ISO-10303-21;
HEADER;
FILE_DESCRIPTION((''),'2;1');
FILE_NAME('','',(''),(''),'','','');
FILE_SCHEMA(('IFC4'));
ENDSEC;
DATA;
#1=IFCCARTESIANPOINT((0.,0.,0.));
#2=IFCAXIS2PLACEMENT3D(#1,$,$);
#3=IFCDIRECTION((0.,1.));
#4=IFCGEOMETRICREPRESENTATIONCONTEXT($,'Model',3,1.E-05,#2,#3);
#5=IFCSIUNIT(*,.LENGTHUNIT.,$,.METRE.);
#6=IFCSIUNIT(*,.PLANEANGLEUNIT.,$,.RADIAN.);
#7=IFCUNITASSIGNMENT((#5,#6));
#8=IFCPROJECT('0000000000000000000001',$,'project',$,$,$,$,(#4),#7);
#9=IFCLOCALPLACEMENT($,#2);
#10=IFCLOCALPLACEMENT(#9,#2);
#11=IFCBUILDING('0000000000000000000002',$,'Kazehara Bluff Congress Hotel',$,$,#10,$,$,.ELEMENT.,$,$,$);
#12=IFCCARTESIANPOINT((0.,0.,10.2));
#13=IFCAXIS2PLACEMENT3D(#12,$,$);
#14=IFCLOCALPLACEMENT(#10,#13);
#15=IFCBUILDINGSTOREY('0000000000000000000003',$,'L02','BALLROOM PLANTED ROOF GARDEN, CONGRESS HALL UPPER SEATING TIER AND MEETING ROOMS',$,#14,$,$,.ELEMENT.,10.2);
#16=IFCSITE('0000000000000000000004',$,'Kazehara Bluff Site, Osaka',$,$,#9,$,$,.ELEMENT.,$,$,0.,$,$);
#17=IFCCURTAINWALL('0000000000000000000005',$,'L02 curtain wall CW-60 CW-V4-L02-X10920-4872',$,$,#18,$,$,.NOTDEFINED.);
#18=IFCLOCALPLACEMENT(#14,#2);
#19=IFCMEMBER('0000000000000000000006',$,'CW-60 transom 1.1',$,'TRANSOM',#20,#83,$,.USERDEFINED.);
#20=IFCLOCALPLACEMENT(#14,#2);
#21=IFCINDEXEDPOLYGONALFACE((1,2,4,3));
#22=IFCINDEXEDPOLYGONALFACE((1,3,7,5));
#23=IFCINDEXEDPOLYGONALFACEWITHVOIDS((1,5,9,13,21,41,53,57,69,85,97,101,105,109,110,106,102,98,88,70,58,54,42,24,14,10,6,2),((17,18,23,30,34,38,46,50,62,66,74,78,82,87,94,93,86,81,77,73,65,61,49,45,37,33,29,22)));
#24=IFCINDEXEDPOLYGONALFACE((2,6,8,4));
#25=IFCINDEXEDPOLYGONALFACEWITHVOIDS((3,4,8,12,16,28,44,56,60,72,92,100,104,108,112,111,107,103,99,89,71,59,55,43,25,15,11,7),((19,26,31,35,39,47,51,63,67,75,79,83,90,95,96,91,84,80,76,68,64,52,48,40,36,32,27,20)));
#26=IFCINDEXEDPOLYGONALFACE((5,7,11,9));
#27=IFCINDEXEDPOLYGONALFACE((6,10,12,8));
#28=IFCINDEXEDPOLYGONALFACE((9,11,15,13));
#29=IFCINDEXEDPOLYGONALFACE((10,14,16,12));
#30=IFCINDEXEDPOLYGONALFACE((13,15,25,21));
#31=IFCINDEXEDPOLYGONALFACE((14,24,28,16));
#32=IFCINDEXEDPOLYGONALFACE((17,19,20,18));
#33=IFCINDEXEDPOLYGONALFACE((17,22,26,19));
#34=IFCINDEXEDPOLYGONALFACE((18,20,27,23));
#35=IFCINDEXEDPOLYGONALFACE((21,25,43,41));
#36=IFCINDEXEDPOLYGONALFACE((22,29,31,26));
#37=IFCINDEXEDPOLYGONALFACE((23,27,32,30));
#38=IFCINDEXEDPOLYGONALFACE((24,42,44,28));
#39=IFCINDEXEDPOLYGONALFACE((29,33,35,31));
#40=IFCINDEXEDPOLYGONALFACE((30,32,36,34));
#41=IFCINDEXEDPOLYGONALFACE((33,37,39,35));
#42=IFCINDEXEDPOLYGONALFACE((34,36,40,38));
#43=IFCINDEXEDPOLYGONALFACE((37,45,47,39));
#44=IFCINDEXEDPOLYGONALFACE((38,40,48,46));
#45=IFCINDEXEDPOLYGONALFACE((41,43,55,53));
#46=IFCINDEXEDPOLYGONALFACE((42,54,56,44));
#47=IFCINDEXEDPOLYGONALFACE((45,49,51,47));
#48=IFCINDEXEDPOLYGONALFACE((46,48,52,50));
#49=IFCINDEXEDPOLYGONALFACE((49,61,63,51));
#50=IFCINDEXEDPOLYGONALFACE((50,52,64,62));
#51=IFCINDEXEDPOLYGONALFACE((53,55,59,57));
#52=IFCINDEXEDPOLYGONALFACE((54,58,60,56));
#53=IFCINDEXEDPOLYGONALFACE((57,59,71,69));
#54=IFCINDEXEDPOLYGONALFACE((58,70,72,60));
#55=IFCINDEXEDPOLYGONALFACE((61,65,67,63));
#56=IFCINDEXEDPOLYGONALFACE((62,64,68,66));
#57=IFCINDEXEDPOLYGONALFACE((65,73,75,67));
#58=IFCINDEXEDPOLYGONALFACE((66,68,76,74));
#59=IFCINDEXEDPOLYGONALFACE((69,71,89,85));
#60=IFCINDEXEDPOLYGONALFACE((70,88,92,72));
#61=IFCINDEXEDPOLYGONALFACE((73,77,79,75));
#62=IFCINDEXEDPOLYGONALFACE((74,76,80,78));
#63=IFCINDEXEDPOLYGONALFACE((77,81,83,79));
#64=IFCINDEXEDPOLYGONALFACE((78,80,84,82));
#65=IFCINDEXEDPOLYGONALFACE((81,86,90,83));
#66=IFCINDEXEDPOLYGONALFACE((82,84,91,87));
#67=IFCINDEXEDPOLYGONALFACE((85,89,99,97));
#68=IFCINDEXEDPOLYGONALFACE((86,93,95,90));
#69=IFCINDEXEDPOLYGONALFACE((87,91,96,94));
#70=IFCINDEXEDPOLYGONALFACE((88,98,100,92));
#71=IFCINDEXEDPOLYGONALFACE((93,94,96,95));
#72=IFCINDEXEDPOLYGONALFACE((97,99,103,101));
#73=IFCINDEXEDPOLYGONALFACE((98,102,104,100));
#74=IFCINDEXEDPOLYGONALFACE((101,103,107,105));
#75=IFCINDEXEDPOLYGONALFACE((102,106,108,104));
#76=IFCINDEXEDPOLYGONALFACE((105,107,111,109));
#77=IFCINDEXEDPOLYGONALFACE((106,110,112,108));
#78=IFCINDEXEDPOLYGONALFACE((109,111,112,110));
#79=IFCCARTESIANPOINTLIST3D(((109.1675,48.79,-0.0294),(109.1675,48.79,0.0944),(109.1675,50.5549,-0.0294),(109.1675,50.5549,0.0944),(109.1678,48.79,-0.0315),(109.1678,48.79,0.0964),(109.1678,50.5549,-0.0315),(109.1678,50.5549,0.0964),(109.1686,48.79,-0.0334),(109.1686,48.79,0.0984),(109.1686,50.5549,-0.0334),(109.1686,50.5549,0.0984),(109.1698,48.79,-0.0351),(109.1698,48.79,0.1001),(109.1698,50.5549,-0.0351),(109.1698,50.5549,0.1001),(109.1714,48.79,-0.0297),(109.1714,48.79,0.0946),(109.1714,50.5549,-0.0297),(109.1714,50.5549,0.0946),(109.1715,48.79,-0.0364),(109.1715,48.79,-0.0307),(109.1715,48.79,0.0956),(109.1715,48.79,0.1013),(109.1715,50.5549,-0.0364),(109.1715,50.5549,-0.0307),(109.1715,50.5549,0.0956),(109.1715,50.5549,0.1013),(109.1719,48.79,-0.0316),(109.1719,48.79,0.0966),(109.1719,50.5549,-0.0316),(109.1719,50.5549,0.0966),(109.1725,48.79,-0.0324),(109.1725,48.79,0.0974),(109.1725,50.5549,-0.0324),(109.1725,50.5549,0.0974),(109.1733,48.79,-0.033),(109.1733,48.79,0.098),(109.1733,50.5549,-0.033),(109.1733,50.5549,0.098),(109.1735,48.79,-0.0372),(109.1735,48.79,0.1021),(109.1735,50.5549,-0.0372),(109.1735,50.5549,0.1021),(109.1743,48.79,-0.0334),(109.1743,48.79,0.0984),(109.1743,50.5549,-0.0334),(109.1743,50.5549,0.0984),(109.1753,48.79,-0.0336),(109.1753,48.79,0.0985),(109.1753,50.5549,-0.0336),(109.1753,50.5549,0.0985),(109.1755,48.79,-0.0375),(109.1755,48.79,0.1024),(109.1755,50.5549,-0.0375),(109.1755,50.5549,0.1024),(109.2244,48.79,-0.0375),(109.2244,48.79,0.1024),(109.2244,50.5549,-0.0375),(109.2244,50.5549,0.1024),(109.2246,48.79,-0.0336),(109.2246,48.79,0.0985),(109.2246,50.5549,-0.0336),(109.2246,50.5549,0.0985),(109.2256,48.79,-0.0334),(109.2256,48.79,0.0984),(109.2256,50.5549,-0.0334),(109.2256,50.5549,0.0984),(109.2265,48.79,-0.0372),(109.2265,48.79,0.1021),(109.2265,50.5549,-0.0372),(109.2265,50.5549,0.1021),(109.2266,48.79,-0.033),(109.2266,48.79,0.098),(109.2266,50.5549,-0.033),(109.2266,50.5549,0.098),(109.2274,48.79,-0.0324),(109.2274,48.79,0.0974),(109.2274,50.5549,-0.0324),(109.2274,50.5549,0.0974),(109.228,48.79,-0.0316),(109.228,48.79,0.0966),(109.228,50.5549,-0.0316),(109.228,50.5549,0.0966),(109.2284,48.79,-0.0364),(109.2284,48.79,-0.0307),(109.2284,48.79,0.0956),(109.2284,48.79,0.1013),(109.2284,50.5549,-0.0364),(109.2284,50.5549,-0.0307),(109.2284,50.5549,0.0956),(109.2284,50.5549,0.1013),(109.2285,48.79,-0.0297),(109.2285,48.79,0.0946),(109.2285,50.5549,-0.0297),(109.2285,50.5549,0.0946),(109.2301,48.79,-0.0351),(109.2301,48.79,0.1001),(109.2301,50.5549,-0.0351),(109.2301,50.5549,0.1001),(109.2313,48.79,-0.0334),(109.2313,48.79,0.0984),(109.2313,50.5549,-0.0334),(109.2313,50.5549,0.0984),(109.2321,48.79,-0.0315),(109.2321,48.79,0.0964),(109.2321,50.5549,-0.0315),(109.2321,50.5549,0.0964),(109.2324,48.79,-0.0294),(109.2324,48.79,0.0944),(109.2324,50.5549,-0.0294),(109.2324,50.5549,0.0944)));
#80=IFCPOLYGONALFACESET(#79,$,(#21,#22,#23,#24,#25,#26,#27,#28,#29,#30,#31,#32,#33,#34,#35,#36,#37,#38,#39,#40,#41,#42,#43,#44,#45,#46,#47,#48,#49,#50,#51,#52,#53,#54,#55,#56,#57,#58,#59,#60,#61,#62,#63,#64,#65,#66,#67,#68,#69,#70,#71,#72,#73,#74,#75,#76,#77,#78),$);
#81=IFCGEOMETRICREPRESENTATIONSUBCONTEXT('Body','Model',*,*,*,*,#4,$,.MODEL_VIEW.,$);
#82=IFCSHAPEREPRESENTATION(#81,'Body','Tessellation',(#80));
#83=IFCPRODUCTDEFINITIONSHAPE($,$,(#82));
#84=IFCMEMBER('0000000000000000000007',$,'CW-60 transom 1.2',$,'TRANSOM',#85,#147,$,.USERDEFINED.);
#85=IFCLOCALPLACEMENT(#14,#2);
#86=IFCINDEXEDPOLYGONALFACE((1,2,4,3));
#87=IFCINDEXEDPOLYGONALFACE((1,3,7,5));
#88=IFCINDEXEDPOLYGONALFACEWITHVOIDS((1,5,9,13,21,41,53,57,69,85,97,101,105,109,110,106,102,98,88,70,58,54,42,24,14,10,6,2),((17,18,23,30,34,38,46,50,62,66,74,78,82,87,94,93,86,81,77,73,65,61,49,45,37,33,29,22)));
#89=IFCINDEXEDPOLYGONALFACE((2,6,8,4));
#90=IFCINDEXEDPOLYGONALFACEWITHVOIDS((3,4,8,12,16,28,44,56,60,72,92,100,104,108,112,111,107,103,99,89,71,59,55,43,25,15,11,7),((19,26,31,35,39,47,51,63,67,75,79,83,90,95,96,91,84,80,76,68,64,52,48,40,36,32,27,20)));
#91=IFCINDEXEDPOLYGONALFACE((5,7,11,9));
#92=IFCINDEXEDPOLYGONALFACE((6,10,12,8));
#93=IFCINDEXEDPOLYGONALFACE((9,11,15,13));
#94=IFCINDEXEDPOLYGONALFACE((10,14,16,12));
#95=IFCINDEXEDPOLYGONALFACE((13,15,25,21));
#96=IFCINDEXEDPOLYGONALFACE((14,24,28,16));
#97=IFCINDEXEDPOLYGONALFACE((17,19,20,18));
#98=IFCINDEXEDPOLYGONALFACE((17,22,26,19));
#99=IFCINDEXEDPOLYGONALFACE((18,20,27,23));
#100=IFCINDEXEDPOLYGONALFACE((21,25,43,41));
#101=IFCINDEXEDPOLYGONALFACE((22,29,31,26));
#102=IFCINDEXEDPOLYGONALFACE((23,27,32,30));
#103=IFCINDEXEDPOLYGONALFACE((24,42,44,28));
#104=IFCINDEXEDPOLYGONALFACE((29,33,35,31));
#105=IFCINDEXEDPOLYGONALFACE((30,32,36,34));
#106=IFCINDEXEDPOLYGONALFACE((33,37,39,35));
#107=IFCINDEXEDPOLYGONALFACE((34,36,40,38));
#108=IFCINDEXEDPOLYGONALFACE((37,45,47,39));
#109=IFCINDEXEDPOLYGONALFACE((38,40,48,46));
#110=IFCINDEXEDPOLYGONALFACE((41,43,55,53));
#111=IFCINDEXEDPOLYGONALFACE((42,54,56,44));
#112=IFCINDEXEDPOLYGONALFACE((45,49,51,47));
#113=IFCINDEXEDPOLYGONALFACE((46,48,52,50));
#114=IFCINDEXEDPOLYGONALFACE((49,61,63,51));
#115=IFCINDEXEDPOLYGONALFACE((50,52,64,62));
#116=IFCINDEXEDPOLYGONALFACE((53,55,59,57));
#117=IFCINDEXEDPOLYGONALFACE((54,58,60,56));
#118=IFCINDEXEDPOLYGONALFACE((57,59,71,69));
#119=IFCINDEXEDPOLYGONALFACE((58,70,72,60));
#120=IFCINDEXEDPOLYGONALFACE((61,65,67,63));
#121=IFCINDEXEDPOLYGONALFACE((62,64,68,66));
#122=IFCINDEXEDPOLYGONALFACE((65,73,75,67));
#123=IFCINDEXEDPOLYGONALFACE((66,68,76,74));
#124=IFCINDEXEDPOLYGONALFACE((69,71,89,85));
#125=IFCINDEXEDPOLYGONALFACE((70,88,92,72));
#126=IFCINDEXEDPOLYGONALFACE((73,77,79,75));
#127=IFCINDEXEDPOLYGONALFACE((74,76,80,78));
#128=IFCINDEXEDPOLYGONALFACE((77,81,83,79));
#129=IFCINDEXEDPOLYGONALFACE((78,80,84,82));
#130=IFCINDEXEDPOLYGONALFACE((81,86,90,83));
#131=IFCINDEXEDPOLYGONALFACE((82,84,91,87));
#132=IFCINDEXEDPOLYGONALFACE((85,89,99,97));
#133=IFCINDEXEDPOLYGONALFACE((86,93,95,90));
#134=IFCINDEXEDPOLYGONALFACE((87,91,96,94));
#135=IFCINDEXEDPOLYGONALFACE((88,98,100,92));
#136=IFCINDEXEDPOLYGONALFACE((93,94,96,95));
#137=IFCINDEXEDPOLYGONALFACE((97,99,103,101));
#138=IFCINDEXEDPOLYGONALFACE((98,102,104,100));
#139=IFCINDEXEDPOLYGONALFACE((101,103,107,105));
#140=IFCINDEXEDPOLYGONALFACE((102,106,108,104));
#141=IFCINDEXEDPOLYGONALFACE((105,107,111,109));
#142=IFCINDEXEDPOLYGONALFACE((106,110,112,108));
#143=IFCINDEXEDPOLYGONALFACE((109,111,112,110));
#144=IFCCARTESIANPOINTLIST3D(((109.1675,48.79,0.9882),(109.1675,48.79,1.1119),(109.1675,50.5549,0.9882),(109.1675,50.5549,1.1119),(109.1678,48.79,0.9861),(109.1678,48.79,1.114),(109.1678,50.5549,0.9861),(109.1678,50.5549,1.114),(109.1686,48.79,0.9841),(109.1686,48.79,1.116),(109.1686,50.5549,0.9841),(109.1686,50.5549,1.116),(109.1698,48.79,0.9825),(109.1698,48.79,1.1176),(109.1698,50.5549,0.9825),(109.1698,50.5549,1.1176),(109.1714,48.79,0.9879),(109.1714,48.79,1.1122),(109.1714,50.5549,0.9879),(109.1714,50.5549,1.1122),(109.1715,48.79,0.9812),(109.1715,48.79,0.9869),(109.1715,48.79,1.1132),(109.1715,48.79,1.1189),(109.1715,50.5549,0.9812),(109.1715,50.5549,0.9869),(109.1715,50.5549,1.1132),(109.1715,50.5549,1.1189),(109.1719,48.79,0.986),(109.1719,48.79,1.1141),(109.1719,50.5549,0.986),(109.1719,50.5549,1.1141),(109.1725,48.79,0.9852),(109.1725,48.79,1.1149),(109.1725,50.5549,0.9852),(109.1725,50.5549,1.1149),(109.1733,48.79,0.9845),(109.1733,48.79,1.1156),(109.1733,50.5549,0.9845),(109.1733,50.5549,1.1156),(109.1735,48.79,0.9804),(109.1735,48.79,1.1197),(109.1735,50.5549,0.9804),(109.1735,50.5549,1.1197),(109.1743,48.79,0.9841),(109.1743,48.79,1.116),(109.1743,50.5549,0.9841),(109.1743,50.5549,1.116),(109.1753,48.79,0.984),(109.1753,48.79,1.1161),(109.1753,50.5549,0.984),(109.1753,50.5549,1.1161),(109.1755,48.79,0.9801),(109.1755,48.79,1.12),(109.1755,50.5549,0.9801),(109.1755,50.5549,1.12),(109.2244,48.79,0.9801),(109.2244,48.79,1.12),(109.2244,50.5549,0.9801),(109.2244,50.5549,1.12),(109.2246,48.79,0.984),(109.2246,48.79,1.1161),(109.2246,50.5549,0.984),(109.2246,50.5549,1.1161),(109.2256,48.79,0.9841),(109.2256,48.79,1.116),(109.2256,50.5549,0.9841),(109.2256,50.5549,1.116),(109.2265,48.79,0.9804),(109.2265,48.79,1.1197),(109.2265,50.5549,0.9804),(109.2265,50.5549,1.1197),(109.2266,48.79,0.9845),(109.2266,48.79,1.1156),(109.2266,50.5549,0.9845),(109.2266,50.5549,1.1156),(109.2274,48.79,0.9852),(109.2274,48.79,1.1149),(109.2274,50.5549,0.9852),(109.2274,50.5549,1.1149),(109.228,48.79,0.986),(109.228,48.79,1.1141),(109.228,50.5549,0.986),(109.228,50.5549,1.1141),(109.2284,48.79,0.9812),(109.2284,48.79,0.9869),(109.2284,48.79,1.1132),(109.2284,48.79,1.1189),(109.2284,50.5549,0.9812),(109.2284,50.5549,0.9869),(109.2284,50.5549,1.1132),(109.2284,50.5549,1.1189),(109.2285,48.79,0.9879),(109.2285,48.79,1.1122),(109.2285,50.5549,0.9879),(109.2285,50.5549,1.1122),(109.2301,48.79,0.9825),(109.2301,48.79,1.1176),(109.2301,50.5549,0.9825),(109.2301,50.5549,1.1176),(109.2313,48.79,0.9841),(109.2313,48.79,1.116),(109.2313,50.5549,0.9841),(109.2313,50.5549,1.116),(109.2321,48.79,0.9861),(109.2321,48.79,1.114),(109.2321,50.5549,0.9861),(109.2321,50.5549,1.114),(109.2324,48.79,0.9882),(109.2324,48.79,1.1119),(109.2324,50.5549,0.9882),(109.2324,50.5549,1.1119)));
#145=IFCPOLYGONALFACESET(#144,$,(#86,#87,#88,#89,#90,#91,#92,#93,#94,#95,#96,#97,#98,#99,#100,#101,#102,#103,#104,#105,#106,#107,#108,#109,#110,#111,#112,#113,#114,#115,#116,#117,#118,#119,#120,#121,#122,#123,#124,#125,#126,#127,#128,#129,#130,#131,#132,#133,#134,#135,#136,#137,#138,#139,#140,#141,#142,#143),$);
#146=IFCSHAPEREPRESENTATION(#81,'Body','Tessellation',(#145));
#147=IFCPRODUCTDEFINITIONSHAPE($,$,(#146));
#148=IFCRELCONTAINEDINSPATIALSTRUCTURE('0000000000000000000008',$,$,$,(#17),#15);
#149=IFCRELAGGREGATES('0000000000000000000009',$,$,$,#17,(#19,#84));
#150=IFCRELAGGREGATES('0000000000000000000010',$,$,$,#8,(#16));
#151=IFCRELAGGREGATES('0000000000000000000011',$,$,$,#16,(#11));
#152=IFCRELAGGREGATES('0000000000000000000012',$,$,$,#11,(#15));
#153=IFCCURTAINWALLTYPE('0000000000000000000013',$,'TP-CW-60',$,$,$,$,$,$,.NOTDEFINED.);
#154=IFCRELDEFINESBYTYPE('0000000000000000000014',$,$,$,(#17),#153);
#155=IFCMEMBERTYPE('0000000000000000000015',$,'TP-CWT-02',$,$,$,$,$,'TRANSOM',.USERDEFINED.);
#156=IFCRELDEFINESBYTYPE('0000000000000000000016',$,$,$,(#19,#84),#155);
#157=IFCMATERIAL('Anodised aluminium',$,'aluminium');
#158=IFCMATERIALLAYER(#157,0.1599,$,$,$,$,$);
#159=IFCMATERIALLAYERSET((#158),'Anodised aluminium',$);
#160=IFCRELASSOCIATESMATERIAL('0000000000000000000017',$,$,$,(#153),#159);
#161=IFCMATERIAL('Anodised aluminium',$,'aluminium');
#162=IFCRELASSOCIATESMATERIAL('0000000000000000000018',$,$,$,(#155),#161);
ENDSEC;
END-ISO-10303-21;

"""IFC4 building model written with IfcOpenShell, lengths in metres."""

from ifc_helpers import new_model, si_unit, direction, frame, origin, origin_2d, place, context, subcontext, project, spatial, hollow_rectangle, extrude, material, layer, layer_set, material_profile, profile_set, type_object, element, aggregate, save


model = new_model("IFC4")

# Units and contexts
model_context = context("Model", 3, precision=1e-05, world=origin(), true_north=direction((0.0, 1.0)))
body_context = subcontext(model_context, "Body", "Model", "MODEL_VIEW")
ifc_project = project(units=[si_unit("LENGTHUNIT", "METRE"), si_unit("PLANEANGLEUNIT", "RADIAN")], contexts=[model_context])

# Site, building, storey
site_placement = place(None, origin())
site = spatial("IfcSite", under=ifc_project, at=site_placement, Name="Kazehara Bluff Site, Osaka", CompositionType="ELEMENT", RefElevation=0.0)
building_placement = place(site_placement, origin())
building = spatial("IfcBuilding", under=site, at=building_placement, Name="Kazehara Bluff Congress Hotel", CompositionType="ELEMENT")
storey_placement = place(building_placement, frame((0.0, 0.0, 10.2)))
storey = spatial("IfcBuildingStorey", under=building, at=storey_placement, Name="L02", Description="BALLROOM PLANTED ROOF GARDEN, CONGRESS HALL UPPER SEATING TIER AND MEETING ROOMS", CompositionType="ELEMENT", Elevation=10.2)

# Curtain wall
ifc_material_1 = material(Name="Anodised aluminium", Category="aluminium")
ifc_layer_1 = layer(ifc_material_1, 0.1599)
ifc_layer_set_1 = layer_set([ifc_layer_1], Name="Anodised aluminium")
curtain_wall_type_1 = type_object("IfcCurtainWallType", Name="TP-CW-60", PredefinedType="NOTDEFINED", material=ifc_layer_set_1)
curtain_wall_1_placement = place(storey_placement, origin())
curtain_wall_1 = element("IfcCurtainWall", 1, at=curtain_wall_1_placement, inside=storey, type_object=curtain_wall_type_1, Name="L02 curtain wall CW-60 CW-V4-L02-X10920-4872", PredefinedType="NOTDEFINED")

# Members
ifc_material_2 = material(Name="Anodised aluminium", Category="aluminium")
ifc_material_profile_1 = material_profile(ifc_material_2, hollow_rectangle(XDim=0.0649, YDim=0.1399, WallThickness=0.0039, InnerFilletRadius=0.0039, OuterFilletRadius=0.0081, at=origin_2d()))
ifc_profile_set_1 = profile_set([ifc_material_profile_1], Name="Anodised aluminium")
member_type_1 = type_object("IfcMemberType", Name="TP-CWT-02", ElementType="TRANSOM", PredefinedType="USERDEFINED", material=ifc_profile_set_1)
member_1_placement = place(storey_placement, frame((109.2, 48.79, 0.0325), z_axis=(0.0, 1.0, 0.0), x_axis=(-1.0, 0.0, 0.0)))
member_1 = element("IfcMember", 2, at=member_1_placement, type_object=member_type_1, Name="CW-60 transom 1.1", ObjectType="TRANSOM", PredefinedType="USERDEFINED", context=body_context, shape_type="SweptSolid", body=[
    extrude(hollow_rectangle(XDim=0.0649, YDim=0.1399, WallThickness=0.0039, InnerFilletRadius=0.0039, OuterFilletRadius=0.0081, at=origin_2d()), origin(), (0.0, 0.0, 1.0), 1.7649),
])
member_2_placement = place(storey_placement, frame((109.2, 48.79, 1.05), z_axis=(0.0, 1.0, 0.0), x_axis=(-1.0, 0.0, 0.0)))
member_2 = element("IfcMember", 3, at=member_2_placement, type_object=member_type_1, Name="CW-60 transom 1.2", ObjectType="TRANSOM", PredefinedType="USERDEFINED", context=body_context, shape_type="SweptSolid", body=[
    extrude(hollow_rectangle(XDim=0.0649, YDim=0.1399, WallThickness=0.0039, InnerFilletRadius=0.0039, OuterFilletRadius=0.0081, at=origin_2d()), origin(), (0.0, 0.0, 1.0), 1.7649),
])

aggregate(curtain_wall_1, [member_1, member_2])

save(model, "model.ifc")
